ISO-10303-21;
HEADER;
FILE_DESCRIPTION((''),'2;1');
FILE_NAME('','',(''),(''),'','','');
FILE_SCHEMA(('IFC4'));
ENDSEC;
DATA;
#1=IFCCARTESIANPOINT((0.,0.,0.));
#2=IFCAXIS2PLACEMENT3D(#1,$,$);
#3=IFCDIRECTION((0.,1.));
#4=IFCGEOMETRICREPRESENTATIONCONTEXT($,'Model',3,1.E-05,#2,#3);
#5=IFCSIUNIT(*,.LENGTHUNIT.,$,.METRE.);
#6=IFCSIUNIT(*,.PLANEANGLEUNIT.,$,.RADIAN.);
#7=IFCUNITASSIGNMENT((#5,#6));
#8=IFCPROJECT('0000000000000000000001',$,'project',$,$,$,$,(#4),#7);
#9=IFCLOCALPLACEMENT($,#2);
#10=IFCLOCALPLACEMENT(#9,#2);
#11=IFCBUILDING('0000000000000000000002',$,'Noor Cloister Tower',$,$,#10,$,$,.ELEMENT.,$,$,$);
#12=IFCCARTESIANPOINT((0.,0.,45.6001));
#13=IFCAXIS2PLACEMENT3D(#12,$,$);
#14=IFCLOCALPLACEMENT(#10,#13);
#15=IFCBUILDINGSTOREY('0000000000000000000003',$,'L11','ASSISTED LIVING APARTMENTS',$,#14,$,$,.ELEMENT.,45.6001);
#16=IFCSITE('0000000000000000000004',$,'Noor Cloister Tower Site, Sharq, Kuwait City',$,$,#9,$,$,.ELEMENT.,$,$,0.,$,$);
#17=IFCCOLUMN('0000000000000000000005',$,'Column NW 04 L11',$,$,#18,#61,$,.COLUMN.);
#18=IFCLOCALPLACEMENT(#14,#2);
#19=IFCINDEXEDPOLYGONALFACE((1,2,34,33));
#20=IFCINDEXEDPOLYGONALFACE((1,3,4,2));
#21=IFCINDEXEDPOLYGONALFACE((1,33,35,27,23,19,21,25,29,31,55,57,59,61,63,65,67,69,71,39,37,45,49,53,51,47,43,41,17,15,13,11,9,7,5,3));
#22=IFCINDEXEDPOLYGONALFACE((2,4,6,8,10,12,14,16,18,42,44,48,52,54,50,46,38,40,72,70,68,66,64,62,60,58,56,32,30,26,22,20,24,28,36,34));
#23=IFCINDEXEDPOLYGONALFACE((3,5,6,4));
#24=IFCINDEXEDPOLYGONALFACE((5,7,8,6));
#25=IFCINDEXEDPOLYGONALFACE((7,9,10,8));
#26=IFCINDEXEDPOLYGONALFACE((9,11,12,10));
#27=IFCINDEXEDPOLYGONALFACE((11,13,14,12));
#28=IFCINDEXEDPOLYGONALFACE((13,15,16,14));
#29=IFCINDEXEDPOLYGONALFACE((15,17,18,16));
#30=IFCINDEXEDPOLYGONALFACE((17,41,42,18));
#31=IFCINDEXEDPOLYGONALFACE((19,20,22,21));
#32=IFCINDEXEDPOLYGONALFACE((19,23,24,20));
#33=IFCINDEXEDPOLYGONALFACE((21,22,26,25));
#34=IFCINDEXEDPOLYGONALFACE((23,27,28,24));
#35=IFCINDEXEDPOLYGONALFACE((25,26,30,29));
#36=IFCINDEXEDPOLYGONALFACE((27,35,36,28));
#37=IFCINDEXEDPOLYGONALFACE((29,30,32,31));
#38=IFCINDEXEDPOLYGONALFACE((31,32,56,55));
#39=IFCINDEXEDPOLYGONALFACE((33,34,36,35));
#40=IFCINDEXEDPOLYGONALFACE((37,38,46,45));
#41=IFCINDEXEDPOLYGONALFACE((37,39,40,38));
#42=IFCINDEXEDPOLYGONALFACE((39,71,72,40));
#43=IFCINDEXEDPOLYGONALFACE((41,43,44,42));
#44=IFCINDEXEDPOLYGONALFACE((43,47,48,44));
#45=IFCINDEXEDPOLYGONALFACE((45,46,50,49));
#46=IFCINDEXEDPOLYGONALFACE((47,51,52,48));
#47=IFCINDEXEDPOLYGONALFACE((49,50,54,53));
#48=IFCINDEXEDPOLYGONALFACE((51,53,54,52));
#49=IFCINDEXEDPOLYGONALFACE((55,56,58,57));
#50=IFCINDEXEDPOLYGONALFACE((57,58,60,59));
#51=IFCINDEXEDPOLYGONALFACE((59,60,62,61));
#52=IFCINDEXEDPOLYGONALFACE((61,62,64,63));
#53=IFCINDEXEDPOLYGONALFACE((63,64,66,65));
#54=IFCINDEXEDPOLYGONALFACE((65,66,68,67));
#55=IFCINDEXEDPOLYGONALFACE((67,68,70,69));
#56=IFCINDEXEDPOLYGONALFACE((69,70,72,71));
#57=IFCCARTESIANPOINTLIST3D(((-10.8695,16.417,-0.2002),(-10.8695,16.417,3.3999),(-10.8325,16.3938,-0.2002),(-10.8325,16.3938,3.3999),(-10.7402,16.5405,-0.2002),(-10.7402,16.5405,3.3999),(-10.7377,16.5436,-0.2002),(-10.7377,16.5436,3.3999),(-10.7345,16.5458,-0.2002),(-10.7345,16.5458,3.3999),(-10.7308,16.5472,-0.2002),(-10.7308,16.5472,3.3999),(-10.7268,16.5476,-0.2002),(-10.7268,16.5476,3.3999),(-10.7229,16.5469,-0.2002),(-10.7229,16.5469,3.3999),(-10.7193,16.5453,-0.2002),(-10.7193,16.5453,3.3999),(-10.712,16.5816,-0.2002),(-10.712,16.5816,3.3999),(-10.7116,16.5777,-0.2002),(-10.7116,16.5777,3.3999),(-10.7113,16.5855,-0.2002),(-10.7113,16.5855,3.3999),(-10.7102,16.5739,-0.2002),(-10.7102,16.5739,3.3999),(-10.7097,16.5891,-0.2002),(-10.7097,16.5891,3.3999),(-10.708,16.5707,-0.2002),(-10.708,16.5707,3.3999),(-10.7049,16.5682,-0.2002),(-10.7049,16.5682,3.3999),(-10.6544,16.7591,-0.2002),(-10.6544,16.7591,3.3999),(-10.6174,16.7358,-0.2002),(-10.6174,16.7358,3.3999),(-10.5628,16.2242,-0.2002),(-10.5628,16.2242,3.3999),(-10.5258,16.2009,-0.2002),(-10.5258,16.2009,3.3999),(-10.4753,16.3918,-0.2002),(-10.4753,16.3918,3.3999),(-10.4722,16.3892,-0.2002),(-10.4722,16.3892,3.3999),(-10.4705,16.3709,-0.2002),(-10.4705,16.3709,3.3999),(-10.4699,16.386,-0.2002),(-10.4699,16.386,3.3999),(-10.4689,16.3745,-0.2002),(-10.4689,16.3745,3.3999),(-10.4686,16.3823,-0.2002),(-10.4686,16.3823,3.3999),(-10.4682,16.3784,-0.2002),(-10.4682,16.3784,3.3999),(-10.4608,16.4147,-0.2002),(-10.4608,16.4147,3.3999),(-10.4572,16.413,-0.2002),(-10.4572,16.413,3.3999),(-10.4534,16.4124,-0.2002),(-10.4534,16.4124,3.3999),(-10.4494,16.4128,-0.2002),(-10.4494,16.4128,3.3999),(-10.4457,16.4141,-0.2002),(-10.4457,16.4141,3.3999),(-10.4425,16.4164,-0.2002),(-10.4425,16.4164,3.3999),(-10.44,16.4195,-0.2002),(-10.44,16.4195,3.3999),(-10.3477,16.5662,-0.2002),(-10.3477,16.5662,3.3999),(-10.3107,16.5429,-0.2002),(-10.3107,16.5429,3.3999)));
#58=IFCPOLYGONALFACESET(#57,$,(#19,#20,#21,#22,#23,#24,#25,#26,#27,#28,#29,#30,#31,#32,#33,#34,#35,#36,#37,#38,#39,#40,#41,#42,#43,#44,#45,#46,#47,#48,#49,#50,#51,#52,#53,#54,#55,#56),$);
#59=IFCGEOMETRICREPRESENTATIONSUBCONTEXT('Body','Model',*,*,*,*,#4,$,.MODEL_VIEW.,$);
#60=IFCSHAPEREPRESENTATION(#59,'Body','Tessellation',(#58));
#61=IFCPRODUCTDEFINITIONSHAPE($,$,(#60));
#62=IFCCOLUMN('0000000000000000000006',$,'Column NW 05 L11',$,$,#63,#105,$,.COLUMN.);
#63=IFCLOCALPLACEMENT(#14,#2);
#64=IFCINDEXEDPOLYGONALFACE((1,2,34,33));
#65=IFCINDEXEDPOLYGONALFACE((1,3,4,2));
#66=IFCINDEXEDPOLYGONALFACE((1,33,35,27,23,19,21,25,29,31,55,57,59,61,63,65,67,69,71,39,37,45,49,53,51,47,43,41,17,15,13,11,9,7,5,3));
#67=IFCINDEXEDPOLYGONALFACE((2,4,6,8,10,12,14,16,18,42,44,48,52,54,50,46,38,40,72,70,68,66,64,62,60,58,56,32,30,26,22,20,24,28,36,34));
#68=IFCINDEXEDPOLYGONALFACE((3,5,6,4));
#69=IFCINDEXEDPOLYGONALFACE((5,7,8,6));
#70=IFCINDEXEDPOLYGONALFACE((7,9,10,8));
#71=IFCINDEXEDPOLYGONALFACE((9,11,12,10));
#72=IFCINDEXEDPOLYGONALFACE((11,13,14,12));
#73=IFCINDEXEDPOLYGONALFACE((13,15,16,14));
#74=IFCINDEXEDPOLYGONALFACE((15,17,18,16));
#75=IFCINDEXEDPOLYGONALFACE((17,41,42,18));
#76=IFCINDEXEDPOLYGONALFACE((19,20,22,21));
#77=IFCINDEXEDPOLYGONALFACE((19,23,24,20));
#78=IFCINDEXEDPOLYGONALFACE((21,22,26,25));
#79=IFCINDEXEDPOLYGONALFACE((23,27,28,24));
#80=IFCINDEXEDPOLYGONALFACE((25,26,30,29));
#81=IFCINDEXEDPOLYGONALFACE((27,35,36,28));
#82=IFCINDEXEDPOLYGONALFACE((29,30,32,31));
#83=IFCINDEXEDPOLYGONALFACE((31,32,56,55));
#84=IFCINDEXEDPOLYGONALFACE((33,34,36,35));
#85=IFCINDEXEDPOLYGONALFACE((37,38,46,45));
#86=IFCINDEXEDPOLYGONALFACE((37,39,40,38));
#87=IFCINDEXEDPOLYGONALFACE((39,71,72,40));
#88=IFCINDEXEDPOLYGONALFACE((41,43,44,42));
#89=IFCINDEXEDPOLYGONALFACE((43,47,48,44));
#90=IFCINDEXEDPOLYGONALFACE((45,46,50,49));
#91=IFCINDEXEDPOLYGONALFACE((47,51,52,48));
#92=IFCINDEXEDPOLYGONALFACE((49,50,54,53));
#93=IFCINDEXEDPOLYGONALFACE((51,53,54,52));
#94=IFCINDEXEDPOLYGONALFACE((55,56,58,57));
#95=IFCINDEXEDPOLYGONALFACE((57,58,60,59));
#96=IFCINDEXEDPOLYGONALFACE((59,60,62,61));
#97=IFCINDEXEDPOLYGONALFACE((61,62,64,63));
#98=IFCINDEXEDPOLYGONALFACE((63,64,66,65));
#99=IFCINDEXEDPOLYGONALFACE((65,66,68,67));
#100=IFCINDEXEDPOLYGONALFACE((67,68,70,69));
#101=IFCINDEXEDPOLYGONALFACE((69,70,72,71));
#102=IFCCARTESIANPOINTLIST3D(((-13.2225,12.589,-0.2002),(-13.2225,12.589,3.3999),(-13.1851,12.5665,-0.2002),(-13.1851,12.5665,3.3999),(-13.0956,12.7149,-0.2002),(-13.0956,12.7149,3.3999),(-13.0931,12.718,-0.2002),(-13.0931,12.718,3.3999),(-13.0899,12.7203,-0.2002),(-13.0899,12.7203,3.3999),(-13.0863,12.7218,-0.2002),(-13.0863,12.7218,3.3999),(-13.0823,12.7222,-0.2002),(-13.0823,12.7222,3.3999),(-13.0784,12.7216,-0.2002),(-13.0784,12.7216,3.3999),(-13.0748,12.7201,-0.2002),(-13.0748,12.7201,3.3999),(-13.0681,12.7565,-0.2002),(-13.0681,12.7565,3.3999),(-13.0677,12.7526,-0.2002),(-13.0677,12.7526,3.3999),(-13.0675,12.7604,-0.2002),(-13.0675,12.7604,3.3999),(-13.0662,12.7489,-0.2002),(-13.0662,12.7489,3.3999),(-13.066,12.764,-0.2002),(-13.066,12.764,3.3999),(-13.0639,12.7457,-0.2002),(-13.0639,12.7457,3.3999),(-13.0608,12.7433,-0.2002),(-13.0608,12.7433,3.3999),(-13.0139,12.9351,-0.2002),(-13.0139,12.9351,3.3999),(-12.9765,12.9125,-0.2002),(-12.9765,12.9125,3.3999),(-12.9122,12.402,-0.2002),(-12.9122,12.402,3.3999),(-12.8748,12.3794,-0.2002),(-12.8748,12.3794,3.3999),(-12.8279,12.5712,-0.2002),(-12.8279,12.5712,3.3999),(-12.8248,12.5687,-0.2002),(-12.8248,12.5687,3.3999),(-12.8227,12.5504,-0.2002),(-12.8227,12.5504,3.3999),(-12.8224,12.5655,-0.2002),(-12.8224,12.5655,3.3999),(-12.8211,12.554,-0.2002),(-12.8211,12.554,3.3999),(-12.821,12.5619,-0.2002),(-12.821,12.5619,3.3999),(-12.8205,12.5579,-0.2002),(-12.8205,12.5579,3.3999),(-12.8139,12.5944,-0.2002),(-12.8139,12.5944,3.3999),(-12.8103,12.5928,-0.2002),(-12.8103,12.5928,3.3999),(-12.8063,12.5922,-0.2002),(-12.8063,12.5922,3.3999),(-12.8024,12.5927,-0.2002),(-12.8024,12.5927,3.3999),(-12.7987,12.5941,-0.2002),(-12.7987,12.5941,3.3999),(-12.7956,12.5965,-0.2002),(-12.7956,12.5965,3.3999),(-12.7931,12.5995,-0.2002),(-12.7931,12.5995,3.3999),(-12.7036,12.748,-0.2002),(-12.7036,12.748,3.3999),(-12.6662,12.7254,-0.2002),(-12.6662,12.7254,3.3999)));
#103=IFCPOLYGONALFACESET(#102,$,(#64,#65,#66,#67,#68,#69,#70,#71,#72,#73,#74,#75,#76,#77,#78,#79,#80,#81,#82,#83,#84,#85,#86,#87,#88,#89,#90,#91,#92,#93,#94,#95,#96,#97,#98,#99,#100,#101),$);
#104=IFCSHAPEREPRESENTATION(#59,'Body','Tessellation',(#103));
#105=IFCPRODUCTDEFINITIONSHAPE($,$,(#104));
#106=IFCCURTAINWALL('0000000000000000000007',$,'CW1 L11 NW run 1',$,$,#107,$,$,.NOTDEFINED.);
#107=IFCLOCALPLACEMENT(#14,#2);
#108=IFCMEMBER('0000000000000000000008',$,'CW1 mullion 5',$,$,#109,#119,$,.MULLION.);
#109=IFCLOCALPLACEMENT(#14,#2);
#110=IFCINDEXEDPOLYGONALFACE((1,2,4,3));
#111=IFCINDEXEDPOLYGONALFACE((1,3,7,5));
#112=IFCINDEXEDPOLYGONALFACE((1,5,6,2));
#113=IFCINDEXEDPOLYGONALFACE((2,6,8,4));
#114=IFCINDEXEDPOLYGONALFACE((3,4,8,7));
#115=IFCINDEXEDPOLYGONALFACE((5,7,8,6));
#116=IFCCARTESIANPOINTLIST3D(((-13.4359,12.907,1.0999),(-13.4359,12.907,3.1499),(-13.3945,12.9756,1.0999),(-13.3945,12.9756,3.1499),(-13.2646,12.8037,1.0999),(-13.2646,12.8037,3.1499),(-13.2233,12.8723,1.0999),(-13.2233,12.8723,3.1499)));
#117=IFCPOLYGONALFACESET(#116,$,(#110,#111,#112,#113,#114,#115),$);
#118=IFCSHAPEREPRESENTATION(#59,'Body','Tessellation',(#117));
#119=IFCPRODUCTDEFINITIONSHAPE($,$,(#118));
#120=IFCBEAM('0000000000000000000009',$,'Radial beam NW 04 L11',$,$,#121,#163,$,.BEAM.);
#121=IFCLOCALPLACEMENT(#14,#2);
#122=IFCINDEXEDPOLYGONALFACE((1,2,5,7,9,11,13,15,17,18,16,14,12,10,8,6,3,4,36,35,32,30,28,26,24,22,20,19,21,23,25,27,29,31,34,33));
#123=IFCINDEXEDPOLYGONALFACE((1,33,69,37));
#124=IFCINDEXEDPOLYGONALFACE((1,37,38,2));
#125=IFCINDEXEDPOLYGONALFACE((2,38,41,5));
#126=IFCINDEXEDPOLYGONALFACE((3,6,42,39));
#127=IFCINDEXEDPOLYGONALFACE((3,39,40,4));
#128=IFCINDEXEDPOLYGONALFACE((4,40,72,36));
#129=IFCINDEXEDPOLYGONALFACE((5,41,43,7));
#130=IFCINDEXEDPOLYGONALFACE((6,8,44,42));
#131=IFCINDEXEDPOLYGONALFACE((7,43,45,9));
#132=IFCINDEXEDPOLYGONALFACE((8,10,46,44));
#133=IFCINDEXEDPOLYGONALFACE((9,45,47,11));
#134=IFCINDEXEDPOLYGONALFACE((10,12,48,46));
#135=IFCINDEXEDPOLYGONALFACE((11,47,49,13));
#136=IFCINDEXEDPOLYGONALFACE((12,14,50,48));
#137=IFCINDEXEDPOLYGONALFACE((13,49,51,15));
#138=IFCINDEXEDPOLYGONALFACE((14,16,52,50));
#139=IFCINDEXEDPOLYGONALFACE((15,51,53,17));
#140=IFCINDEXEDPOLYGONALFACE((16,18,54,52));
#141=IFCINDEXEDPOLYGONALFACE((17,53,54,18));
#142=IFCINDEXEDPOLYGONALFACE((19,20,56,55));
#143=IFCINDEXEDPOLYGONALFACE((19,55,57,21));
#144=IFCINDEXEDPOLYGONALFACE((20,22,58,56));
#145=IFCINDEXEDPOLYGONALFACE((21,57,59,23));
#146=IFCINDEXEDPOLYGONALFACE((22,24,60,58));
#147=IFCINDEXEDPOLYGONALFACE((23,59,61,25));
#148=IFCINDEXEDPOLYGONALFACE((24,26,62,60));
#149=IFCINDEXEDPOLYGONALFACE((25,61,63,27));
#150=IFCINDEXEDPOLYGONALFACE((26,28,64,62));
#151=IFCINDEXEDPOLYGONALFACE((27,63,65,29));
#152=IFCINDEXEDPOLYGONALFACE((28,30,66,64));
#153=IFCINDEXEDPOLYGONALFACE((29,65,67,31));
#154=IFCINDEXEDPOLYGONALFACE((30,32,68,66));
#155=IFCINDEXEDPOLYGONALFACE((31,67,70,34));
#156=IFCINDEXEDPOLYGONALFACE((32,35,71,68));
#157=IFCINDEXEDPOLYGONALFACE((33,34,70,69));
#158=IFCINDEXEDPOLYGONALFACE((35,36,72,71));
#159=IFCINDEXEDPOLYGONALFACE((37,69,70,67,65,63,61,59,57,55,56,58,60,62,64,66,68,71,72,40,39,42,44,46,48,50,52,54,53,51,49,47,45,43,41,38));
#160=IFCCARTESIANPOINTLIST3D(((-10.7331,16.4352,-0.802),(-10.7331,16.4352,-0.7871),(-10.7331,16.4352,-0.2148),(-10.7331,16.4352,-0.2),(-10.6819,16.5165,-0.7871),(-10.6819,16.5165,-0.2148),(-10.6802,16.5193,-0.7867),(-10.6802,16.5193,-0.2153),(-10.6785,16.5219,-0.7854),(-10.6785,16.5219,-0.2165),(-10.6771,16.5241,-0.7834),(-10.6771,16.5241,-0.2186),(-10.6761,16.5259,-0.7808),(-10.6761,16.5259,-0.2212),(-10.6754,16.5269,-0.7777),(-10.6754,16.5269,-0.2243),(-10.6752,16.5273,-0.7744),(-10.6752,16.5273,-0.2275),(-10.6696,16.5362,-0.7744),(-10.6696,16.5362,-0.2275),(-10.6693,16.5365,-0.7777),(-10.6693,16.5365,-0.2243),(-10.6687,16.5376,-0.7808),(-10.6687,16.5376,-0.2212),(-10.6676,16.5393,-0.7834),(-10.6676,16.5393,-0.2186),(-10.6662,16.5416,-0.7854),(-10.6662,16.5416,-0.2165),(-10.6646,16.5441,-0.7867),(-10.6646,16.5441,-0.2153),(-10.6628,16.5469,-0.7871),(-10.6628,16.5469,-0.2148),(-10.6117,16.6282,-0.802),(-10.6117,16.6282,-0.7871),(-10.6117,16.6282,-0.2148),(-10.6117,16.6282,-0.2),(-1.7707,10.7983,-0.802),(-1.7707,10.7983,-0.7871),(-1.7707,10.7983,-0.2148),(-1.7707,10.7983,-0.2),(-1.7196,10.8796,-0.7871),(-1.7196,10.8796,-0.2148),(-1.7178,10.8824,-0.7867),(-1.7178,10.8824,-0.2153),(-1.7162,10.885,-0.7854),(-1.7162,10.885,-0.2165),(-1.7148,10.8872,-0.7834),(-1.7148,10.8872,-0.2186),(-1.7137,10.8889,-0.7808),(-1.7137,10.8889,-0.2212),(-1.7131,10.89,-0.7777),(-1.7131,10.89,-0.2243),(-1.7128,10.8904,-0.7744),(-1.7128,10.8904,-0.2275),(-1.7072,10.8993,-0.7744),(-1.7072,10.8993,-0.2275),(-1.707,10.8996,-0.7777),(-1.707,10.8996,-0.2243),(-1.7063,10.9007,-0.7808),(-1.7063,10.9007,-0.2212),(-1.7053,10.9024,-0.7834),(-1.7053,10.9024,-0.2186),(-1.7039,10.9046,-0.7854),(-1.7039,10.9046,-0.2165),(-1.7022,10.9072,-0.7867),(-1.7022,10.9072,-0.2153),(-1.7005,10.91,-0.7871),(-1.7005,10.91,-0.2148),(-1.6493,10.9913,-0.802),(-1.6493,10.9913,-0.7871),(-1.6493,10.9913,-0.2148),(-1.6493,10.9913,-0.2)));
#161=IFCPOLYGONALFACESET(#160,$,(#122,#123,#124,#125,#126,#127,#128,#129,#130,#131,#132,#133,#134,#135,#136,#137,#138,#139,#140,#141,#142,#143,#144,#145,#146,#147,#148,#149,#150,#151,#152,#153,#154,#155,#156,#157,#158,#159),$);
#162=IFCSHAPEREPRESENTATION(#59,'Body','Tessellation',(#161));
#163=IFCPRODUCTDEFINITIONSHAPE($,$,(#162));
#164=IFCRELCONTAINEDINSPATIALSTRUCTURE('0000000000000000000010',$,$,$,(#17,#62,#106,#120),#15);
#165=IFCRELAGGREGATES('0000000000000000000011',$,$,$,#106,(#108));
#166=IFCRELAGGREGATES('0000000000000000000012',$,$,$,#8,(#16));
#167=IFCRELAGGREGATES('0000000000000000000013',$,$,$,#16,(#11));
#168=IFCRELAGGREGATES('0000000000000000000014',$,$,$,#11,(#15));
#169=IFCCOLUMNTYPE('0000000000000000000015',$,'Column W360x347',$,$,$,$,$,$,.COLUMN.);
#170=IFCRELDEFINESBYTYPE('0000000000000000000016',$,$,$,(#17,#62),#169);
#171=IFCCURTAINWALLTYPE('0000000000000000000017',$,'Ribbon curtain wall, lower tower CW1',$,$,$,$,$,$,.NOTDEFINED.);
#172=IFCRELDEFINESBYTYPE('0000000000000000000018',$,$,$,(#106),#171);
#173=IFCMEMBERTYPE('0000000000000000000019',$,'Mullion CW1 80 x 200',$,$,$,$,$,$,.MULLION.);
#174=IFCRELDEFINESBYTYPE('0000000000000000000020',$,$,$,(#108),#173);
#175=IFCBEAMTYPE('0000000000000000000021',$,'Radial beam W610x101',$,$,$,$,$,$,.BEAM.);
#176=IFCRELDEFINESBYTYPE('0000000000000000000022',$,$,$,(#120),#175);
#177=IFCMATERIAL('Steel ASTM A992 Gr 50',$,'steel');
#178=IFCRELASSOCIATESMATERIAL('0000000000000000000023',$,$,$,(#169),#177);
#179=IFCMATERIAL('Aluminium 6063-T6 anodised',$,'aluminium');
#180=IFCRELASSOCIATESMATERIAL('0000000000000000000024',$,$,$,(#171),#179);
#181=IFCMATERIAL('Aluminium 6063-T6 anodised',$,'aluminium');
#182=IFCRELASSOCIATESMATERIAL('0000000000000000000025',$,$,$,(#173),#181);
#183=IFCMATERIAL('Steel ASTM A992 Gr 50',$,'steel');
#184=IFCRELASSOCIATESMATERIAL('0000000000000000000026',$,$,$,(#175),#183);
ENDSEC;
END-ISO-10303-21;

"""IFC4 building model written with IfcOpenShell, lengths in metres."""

from ifc_helpers import new_model, si_unit, direction, frame, origin, origin_2d, place, context, subcontext, project, spatial, rectangle, i_section, extrude, material, material_profile, profile_set, type_object, element, aggregate, save


model = new_model("IFC4")

# Units and contexts
model_context = context("Model", 3, precision=1e-05, world=origin(), true_north=direction((0.0, 1.0)))
body_context = subcontext(model_context, "Body", "Model", "MODEL_VIEW")
ifc_project = project(units=[si_unit("LENGTHUNIT", "METRE"), si_unit("PLANEANGLEUNIT", "RADIAN")], contexts=[model_context])

# Site, building, storey
site_placement = place(None, origin())
site = spatial("IfcSite", under=ifc_project, at=site_placement, Name="Noor Cloister Tower Site, Sharq, Kuwait City", CompositionType="ELEMENT", RefElevation=0.0)
building_placement = place(site_placement, origin())
building = spatial("IfcBuilding", under=site, at=building_placement, Name="Noor Cloister Tower", CompositionType="ELEMENT")
storey_placement = place(building_placement, frame((0.0, 0.0, 45.6001)))
storey = spatial("IfcBuildingStorey", under=building, at=storey_placement, Name="L11", Description="ASSISTED LIVING APARTMENTS", CompositionType="ELEMENT", Elevation=45.6001)

# Columns
ifc_material_1 = material(Name="Steel ASTM A992 Gr 50", Category="steel")
ifc_material_profile_1 = material_profile(ifc_material_1, i_section(OverallWidth=0.4041, OverallDepth=0.406, WebThickness=0.0271, FlangeThickness=0.0437, FilletRadius=0.0151, at=origin_2d()), Name="W360x347")
ifc_profile_set_1 = profile_set([ifc_material_profile_1], Name="Steel ASTM A992 Gr 50")
column_type = type_object("IfcColumnType", Name="Column W360x347", PredefinedType="COLUMN", material=ifc_profile_set_1)
for number, where, z_axis, x_axis, name in (
    (1, (-10.5901, 16.48, -0.2002), (0.0, 0.0, 1.0), (-0.532398, -0.846494, 0.0), "Column NW 04 L11"),
    (2, (-12.9443, 12.6572, -0.2002), (0.0, 0.0, 1.0), (-0.516291, -0.856413, 0.0), "Column NW 05 L11"),
):
    element("IfcColumn", number, at=place(storey_placement, frame(where, z_axis=z_axis, x_axis=x_axis)), inside=storey, type_object=column_type, Name=name, PredefinedType="COLUMN", context=body_context, shape_type="SweptSolid", body=[
        extrude(i_section(OverallWidth=0.4041, OverallDepth=0.406, WebThickness=0.0271, FlangeThickness=0.0437, FilletRadius=0.0151, at=origin_2d()), origin(), (0.0, 0.0, 1.0), 3.6001),
    ])

# Curtain wall, member
ifc_material_2 = material(Name="Aluminium 6063-T6 anodised", Category="aluminium")
curtain_wall_type = type_object("IfcCurtainWallType", Name="Ribbon curtain wall, lower tower CW1", PredefinedType="NOTDEFINED", material=ifc_material_2)
curtain_wall_placement = place(storey_placement, origin())
curtain_wall = element("IfcCurtainWall", 3, at=curtain_wall_placement, inside=storey, type_object=curtain_wall_type, Name="CW1 L11 NW run 1", PredefinedType="NOTDEFINED")
ifc_material_3 = material(Name="Aluminium 6063-T6 anodised", Category="aluminium")
ifc_material_profile_2 = material_profile(ifc_material_3, rectangle(XDim=0.2, YDim=0.0801, at=origin_2d()), Name="200 x 80 mullion")
ifc_profile_set_2 = profile_set([ifc_material_profile_2], Name="Aluminium 6063-T6 anodised")
member_type = type_object("IfcMemberType", Name="Mullion CW1 80 x 200", PredefinedType="MULLION", material=ifc_profile_set_2)
member_placement = place(storey_placement, frame((-13.3296, 12.8896, 1.0999), z_axis=(0.0, 0.0, 1.0), x_axis=(0.856413, -0.516291, 0.0)))
member = element("IfcMember", 4, at=member_placement, type_object=member_type, Name="CW1 mullion 5", PredefinedType="MULLION", context=body_context, shape_type="SweptSolid", body=[
    extrude(rectangle(XDim=0.2, YDim=0.0801, at=origin_2d()), origin(), (0.0, 0.0, 1.0), 2.05),
])

# Beam
ifc_material_4 = material(Name="Steel ASTM A992 Gr 50", Category="steel")
ifc_material_profile_3 = material_profile(ifc_material_4, i_section(OverallWidth=0.228, OverallDepth=0.6021, WebThickness=0.0105, FlangeThickness=0.0149, FilletRadius=0.0127, at=origin_2d()), Name="W610x101")
ifc_profile_set_3 = profile_set([ifc_material_profile_3], Name="Steel ASTM A992 Gr 50")
beam_type_1 = type_object("IfcBeamType", Name="Radial beam W610x101", PredefinedType="BEAM", material=ifc_profile_set_3)
beam_1_placement = place(storey_placement, frame((-10.6724, 16.5317, -0.501), z_axis=(0.84649, -0.532405, 0.0), x_axis=(0.532405, 0.84649, 0.0)))
element("IfcBeam", 5, at=beam_1_placement, inside=storey, type_object=beam_type_1, Name="Radial beam NW 04 L11", PredefinedType="BEAM", context=body_context, shape_type="SweptSolid", body=[
    extrude(i_section(OverallWidth=0.228, OverallDepth=0.6021, WebThickness=0.0105, FlangeThickness=0.0149, FilletRadius=0.0127, at=origin_2d()), origin(), (0.0, 0.0, 1.0), 10.5876),
])

aggregate(curtain_wall, [member])

save(model, "model.ifc")
